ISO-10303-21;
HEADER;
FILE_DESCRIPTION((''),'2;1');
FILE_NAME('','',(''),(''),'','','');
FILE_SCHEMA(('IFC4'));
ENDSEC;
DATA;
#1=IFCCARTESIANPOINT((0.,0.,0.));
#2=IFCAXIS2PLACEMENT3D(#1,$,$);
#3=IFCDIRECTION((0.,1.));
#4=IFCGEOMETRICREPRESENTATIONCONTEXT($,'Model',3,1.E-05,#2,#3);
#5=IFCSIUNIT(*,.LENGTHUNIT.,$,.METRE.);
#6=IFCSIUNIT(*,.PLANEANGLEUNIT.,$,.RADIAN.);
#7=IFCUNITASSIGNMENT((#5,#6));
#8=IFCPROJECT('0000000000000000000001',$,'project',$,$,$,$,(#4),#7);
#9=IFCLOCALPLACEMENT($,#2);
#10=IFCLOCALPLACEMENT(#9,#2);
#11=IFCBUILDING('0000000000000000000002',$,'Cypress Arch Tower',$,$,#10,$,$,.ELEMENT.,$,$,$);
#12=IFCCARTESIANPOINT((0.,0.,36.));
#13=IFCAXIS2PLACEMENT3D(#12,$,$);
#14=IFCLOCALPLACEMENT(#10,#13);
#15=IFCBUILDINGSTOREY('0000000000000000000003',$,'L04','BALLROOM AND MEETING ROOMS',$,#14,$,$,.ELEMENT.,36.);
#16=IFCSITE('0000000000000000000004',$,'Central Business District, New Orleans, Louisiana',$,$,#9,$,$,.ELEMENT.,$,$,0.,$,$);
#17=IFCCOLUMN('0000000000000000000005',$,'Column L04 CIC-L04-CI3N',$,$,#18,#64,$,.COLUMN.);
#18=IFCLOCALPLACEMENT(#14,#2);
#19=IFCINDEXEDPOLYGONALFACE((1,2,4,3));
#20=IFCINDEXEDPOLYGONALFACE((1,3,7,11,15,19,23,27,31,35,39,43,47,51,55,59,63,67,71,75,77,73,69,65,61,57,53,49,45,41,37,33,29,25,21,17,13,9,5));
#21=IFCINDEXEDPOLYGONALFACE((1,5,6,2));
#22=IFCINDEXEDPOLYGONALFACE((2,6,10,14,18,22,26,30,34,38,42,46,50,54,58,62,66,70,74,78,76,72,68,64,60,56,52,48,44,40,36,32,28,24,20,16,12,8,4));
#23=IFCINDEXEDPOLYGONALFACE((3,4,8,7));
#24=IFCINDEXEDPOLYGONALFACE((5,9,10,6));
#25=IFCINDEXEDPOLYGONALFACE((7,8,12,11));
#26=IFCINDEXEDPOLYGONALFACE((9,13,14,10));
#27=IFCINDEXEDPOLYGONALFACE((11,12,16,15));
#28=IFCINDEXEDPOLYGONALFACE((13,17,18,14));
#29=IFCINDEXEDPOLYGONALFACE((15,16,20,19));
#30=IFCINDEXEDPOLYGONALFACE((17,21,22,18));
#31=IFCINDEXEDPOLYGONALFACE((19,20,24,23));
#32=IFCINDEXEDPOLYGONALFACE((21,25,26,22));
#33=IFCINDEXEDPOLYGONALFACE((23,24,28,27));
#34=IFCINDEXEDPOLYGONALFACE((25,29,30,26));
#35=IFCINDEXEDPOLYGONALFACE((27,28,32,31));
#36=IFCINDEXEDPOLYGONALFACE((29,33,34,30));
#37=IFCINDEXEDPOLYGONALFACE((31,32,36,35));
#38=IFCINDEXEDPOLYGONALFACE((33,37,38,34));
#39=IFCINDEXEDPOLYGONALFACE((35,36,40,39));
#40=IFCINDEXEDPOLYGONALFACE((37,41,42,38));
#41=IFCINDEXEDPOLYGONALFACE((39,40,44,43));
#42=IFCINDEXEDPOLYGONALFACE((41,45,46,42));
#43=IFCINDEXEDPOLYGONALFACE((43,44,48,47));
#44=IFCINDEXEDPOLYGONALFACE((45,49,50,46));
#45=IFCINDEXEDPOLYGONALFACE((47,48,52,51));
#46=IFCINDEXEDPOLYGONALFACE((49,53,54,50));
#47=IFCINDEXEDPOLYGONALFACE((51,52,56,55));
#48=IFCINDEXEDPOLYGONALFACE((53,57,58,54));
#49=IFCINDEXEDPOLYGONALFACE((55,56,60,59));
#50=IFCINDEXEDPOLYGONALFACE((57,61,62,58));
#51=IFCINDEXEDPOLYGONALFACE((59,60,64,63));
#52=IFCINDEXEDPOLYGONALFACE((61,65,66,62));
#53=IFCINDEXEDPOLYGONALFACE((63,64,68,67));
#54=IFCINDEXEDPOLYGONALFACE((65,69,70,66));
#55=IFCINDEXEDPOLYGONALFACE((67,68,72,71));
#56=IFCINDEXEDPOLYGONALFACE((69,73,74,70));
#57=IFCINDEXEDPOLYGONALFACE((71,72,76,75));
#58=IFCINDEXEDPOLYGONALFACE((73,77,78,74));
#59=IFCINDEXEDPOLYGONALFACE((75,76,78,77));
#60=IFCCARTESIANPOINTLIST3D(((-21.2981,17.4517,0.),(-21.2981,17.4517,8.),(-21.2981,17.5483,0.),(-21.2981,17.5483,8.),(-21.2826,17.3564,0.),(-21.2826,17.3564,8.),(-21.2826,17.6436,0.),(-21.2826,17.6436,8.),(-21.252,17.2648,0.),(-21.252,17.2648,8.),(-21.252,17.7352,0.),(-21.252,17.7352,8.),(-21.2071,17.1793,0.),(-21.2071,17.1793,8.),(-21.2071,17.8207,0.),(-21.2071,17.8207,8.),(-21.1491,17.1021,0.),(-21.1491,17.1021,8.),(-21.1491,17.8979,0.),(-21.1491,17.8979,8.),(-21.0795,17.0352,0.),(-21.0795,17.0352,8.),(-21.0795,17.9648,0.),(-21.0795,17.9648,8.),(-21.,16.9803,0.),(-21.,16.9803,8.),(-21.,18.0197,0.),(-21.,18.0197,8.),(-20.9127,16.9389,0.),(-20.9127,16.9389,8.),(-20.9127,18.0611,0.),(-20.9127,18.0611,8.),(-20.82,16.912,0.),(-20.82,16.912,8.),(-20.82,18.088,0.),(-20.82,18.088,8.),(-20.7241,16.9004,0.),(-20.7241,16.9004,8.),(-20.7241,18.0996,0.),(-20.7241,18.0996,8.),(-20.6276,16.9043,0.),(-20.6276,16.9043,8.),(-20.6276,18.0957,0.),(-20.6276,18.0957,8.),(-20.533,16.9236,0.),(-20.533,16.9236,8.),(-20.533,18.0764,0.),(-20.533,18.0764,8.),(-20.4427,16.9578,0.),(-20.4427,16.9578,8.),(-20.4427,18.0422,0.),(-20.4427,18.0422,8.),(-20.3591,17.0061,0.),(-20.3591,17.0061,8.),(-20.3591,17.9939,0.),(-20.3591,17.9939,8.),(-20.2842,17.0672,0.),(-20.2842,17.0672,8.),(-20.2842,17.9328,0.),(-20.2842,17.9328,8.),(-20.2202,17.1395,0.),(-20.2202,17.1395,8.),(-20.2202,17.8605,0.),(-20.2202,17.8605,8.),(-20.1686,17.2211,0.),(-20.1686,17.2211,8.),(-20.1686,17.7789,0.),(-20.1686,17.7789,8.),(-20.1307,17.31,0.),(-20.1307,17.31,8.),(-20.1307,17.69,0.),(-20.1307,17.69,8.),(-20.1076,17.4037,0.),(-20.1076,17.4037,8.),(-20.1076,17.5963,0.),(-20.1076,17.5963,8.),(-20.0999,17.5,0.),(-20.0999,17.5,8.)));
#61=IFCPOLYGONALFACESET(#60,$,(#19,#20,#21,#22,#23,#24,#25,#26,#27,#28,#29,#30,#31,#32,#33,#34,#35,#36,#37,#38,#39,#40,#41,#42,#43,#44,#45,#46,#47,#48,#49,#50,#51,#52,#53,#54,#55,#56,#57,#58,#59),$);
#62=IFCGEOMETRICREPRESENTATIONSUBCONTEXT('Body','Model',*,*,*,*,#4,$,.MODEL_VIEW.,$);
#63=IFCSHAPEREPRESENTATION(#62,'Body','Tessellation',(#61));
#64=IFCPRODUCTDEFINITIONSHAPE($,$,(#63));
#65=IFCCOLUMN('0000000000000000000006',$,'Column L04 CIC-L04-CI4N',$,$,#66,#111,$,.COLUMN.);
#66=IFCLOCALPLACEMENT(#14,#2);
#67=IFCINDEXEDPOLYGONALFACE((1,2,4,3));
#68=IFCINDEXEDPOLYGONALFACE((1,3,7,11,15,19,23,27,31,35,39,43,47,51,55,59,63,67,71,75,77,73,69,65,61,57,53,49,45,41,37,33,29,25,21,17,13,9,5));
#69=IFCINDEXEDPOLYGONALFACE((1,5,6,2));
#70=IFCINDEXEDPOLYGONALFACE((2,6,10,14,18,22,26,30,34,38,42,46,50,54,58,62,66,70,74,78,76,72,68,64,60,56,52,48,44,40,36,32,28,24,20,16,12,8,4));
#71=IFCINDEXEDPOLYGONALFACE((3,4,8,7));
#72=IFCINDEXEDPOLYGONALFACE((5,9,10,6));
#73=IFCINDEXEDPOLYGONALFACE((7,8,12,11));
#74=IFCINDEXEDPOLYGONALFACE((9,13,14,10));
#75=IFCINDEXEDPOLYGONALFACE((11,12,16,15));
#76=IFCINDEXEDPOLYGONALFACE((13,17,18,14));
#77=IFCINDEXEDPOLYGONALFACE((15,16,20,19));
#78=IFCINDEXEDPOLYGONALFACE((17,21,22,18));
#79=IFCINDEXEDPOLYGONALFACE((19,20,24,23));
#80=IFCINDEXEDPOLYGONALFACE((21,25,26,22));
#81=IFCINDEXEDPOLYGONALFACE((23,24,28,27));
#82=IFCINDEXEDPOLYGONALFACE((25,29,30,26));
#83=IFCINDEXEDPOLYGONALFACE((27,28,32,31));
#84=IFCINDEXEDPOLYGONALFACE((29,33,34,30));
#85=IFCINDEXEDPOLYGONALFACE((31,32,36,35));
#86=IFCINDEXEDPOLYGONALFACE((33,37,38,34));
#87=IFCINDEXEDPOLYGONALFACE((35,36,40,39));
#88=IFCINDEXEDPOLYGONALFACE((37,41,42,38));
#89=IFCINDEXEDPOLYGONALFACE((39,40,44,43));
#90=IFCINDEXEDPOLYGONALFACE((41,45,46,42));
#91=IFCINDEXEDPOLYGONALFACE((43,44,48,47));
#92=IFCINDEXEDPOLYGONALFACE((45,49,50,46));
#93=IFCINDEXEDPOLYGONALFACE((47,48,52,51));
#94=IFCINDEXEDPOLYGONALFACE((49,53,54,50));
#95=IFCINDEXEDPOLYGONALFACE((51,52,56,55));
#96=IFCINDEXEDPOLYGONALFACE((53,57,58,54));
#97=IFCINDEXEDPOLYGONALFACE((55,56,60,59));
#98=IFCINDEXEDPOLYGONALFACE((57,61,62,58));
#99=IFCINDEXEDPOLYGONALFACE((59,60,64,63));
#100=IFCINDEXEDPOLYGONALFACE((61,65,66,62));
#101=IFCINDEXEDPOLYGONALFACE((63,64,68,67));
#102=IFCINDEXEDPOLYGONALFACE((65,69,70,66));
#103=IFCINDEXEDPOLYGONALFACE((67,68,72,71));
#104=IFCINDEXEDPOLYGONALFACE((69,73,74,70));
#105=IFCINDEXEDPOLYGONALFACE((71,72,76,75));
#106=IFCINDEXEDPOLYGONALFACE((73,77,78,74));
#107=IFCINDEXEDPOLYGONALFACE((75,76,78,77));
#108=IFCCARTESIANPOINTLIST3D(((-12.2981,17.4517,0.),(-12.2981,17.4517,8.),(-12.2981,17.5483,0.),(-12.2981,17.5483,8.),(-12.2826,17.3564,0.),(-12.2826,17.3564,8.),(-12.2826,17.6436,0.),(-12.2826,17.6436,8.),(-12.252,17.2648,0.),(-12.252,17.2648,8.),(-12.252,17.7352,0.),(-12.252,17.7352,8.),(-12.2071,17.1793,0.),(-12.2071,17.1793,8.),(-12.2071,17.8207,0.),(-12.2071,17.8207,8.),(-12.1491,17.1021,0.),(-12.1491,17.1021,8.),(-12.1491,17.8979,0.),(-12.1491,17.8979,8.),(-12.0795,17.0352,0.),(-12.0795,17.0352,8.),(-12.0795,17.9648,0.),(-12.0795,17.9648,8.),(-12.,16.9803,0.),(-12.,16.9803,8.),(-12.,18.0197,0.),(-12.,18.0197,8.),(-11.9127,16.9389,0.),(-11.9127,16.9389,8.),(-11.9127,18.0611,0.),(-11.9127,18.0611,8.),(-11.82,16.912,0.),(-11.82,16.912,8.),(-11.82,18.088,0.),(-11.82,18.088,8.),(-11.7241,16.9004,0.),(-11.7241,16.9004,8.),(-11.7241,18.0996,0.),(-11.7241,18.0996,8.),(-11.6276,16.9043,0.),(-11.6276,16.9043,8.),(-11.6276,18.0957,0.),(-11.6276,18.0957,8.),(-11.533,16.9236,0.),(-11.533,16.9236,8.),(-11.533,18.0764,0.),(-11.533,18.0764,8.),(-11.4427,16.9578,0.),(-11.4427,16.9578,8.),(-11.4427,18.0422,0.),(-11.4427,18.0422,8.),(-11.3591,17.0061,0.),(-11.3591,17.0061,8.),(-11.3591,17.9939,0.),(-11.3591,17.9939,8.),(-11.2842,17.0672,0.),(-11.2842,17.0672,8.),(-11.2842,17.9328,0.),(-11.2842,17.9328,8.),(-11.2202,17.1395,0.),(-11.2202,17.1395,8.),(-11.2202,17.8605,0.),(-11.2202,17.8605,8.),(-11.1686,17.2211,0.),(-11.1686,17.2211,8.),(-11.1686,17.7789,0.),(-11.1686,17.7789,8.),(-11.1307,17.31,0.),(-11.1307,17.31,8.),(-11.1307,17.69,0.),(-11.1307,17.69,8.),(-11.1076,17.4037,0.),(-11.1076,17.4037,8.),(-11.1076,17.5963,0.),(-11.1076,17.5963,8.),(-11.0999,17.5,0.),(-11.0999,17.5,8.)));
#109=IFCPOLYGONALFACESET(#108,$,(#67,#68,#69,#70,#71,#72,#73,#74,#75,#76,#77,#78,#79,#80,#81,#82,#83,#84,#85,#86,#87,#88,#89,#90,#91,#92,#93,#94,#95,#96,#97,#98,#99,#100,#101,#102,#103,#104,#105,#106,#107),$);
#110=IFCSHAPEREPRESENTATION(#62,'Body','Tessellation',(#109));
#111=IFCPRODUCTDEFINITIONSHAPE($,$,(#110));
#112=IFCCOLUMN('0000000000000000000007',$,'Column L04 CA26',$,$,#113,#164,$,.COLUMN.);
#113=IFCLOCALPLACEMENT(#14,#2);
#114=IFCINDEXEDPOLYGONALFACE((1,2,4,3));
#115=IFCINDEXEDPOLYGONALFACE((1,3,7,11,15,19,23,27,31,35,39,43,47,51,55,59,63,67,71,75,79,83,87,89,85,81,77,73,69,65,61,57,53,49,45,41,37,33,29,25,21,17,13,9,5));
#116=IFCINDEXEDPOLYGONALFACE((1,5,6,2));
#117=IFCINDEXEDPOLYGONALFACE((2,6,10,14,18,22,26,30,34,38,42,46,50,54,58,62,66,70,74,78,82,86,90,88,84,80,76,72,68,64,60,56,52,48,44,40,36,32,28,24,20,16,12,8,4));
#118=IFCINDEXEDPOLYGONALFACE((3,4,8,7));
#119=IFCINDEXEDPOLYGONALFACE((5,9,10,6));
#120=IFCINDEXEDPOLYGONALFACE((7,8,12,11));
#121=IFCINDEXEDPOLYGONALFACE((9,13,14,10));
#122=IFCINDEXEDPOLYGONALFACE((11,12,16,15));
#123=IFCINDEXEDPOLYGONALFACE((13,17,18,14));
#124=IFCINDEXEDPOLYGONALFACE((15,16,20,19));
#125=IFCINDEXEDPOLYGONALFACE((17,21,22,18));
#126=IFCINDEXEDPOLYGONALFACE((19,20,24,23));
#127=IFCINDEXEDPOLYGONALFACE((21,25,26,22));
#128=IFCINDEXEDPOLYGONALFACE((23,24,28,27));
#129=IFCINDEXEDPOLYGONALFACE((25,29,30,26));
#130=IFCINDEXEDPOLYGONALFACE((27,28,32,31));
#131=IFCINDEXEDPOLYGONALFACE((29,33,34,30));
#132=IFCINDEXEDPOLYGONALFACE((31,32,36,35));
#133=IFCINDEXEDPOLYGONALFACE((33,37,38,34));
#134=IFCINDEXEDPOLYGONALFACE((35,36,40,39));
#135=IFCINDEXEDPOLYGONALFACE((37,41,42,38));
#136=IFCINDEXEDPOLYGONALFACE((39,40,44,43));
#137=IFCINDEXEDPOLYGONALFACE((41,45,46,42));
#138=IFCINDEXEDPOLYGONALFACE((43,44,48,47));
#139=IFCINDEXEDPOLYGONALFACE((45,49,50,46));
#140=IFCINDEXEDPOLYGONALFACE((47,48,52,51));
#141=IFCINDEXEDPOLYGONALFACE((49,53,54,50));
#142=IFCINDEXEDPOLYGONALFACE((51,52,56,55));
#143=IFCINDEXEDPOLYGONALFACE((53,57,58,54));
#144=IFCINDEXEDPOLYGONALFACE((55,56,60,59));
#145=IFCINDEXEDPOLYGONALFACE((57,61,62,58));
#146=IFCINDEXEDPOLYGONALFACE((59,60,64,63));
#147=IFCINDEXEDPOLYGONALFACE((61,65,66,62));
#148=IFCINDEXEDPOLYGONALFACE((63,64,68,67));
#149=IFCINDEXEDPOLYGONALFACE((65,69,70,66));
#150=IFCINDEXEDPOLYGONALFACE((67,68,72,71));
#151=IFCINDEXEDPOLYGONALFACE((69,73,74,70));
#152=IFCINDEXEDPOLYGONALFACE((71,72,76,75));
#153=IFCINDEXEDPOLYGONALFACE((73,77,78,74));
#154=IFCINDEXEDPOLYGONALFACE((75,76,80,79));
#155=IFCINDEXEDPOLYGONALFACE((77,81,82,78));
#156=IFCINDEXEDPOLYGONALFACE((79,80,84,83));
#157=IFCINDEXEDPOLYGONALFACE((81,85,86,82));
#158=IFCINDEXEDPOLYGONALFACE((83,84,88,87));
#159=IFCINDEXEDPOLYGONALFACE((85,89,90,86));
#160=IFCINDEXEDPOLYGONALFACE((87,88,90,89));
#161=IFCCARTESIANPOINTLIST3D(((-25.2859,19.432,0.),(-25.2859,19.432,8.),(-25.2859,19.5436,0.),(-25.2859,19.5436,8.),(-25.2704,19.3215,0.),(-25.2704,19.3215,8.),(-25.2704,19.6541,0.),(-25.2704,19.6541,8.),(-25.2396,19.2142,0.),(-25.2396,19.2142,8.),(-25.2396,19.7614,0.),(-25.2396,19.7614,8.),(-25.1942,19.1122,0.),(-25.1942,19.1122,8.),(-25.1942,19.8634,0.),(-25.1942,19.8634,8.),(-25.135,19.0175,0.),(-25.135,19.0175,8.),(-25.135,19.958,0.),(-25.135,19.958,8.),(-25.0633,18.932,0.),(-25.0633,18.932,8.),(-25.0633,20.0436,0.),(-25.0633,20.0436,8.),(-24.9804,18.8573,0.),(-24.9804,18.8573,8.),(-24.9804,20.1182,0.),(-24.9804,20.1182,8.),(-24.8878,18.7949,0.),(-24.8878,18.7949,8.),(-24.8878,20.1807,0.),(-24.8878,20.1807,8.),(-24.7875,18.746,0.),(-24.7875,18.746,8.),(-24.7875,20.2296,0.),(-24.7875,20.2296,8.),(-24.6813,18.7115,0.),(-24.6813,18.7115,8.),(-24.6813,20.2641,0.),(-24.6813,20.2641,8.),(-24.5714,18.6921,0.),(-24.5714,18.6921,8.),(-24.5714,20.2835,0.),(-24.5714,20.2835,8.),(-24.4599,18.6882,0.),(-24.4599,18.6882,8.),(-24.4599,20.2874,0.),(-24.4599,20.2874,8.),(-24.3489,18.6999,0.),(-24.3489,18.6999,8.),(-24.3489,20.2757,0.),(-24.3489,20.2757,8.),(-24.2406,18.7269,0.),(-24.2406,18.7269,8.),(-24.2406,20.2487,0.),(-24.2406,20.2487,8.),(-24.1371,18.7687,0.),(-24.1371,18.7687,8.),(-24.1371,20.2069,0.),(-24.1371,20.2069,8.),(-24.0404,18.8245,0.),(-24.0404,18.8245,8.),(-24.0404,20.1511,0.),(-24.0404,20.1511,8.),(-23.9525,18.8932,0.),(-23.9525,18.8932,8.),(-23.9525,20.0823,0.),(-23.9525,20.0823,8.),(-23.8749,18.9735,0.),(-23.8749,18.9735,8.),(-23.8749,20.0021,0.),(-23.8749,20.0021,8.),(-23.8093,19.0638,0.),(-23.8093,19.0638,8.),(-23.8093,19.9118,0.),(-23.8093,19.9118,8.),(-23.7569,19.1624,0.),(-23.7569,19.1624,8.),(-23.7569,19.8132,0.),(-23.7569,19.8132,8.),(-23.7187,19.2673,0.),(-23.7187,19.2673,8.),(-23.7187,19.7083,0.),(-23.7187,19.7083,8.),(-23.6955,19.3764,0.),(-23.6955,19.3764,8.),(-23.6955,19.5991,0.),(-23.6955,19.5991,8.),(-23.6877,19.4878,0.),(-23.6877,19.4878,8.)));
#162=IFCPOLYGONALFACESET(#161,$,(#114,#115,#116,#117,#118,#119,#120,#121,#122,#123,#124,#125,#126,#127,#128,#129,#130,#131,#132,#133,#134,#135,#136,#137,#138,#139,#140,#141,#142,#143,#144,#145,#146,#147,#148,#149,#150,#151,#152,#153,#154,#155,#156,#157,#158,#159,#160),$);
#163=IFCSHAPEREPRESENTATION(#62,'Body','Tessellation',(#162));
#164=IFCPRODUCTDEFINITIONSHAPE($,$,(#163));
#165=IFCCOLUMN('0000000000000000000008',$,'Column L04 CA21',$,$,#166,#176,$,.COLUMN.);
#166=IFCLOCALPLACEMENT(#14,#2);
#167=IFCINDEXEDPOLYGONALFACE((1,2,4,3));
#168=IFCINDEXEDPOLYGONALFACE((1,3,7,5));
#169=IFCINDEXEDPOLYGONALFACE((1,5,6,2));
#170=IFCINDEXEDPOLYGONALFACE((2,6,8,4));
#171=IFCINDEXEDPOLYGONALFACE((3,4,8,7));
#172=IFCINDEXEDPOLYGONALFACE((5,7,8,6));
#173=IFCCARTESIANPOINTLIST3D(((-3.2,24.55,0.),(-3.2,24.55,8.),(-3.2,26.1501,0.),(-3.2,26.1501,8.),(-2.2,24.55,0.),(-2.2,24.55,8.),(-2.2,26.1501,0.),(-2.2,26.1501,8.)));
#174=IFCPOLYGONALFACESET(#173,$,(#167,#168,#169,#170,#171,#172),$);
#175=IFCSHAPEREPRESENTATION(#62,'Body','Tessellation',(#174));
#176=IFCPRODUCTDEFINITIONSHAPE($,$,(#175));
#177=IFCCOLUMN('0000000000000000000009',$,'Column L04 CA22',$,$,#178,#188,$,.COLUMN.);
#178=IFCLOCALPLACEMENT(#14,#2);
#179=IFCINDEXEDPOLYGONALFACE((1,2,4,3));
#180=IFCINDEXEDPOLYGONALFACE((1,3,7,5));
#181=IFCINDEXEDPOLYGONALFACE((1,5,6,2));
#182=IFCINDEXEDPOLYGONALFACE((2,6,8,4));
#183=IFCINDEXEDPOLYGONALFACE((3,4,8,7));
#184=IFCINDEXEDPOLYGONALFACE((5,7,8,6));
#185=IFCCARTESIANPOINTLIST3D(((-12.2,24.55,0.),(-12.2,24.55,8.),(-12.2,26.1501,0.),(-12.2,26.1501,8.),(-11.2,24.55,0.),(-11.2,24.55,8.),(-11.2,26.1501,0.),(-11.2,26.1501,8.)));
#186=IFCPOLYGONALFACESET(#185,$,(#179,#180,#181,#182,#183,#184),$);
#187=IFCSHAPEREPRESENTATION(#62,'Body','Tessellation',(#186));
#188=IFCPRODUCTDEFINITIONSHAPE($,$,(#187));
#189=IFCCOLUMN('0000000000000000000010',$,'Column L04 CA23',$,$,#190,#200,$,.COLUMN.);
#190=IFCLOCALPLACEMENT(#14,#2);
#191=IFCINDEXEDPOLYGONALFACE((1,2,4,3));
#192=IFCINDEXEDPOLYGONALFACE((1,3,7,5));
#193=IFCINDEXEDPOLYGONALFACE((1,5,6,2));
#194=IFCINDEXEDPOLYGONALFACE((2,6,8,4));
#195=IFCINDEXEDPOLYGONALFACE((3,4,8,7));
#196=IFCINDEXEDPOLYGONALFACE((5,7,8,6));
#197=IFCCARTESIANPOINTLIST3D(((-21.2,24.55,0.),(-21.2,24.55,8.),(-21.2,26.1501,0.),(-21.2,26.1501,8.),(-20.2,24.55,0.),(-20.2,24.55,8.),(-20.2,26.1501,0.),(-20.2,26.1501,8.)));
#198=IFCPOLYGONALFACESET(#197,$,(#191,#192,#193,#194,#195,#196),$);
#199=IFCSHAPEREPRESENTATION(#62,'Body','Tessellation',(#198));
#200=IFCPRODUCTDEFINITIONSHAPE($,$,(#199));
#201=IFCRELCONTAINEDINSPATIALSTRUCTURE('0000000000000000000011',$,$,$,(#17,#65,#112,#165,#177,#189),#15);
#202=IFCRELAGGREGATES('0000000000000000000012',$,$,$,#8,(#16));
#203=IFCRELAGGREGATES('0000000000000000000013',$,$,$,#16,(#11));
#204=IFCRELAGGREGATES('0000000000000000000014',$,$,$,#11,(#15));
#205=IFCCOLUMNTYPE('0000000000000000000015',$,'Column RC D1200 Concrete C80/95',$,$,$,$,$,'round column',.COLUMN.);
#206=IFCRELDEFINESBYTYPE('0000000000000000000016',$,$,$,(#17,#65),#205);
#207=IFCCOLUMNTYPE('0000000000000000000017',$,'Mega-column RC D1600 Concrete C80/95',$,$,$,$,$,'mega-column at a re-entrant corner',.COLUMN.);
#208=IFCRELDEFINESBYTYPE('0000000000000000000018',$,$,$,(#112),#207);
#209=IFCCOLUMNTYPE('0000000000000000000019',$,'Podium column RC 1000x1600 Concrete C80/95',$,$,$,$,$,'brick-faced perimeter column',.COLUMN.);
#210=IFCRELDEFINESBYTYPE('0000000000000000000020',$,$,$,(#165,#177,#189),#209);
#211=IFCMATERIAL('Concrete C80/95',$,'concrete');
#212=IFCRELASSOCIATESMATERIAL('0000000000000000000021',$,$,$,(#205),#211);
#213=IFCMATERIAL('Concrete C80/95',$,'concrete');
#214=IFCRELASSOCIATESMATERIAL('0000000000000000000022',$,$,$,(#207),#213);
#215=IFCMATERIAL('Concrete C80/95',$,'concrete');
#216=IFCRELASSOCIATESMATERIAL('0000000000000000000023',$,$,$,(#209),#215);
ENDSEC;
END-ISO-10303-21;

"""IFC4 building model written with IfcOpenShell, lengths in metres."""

from ifc_helpers import new_model, si_unit, direction, frame, origin, origin_2d, place, context, subcontext, project, spatial, rectangle, circle, extrude, material, material_profile, profile_set, type_object, element, save


model = new_model("IFC4")

# Units and contexts
model_context = context("Model", 3, precision=1e-05, world=origin(), true_north=direction((0.0, 1.0)))
body_context = subcontext(model_context, "Body", "Model", "MODEL_VIEW")
ifc_project = project(units=[si_unit("LENGTHUNIT", "METRE"), si_unit("PLANEANGLEUNIT", "RADIAN")], contexts=[model_context])

# Site, building, storey
site_placement = place(None, origin())
site = spatial("IfcSite", under=ifc_project, at=site_placement, Name="Central Business District, New Orleans, Louisiana", CompositionType="ELEMENT", RefElevation=0.0)
building_placement = place(site_placement, origin())
building = spatial("IfcBuilding", under=site, at=building_placement, Name="Cypress Arch Tower", CompositionType="ELEMENT")
storey_placement = place(building_placement, frame((0.0, 0.0, 36.0)))
storey = spatial("IfcBuildingStorey", under=building, at=storey_placement, Name="L04", Description="BALLROOM AND MEETING ROOMS", CompositionType="ELEMENT", Elevation=36.0)

# Columns
ifc_material_1 = material(Name="Concrete C80/95", Category="concrete")
ifc_material_profile_1 = material_profile(ifc_material_1, circle(Radius=0.6001, at=origin_2d()), Name="RC D1200")
ifc_profile_set_1 = profile_set([ifc_material_profile_1], Name="Concrete C80/95")
column_type_1 = type_object("IfcColumnType", Name="Column RC D1200 Concrete C80/95", ElementType="round column", PredefinedType="COLUMN", material=ifc_profile_set_1)
for number, where, z_axis, x_axis, name in (
    (1, (-20.7, 17.5, 0.0), (0.0, 0.0, 1.0), (1.0, 0.0, 0.0), "Column L04 CIC-L04-CI3N"),
    (2, (-11.7, 17.5, 0.0), (0.0, 0.0, 1.0), (1.0, 0.0, 0.0), "Column L04 CIC-L04-CI4N"),
):
    element("IfcColumn", number, at=place(storey_placement, frame(where, z_axis=z_axis, x_axis=x_axis)), inside=storey, type_object=column_type_1, Name=name, PredefinedType="COLUMN", context=body_context, shape_type="SweptSolid", body=[
        extrude(circle(Radius=0.6001, at=origin_2d()), origin(), (0.0, 0.0, 1.0), 8.0),
    ])
ifc_material_2 = material(Name="Concrete C80/95", Category="concrete")
ifc_material_profile_2 = material_profile(ifc_material_2, circle(Radius=0.8, at=origin_2d()), Name="RC D1600")
ifc_profile_set_2 = profile_set([ifc_material_profile_2], Name="Concrete C80/95")
column_type_2 = type_object("IfcColumnType", Name="Mega-column RC D1600 Concrete C80/95", ElementType="mega-column at a re-entrant corner", PredefinedType="COLUMN", material=ifc_profile_set_2)
column_placement = place(storey_placement, frame((-24.4878, 19.4878, 0.0), z_axis=(0.0, 0.0, 1.0), x_axis=(1.0, 0.0, 0.0)))
element("IfcColumn", 3, at=column_placement, inside=storey, type_object=column_type_2, Name="Column L04 CA26", PredefinedType="COLUMN", context=body_context, shape_type="SweptSolid", body=[
    extrude(circle(Radius=0.8, at=origin_2d()), origin(), (0.0, 0.0, 1.0), 8.0),
])
ifc_material_3 = material(Name="Concrete C80/95", Category="concrete")
ifc_material_profile_3 = material_profile(ifc_material_3, rectangle(XDim=1.0, YDim=1.6001, at=origin_2d()), Name="RC 1000x1600")
ifc_profile_set_3 = profile_set([ifc_material_profile_3], Name="Concrete C80/95")
column_type_3 = type_object("IfcColumnType", Name="Podium column RC 1000x1600 Concrete C80/95", ElementType="brick-faced perimeter column", PredefinedType="COLUMN", material=ifc_profile_set_3)
for number, where, z_axis, x_axis, name in (
    (4, (-2.7, 25.3501, 0.0), (0.0, 0.0, 1.0), (-1.0, 0.0, 0.0), "Column L04 CA21"),
    (5, (-11.7, 25.3501, 0.0), (0.0, 0.0, 1.0), (-1.0, 0.0, 0.0), "Column L04 CA22"),
    (6, (-20.7, 25.3501, 0.0), (0.0, 0.0, 1.0), (-1.0, 0.0, 0.0), "Column L04 CA23"),
):
    element("IfcColumn", number, at=place(storey_placement, frame(where, z_axis=z_axis, x_axis=x_axis)), inside=storey, type_object=column_type_3, Name=name, PredefinedType="COLUMN", context=body_context, shape_type="SweptSolid", body=[
        extrude(rectangle(XDim=1.0, YDim=1.6001, at=origin_2d()), origin(), (0.0, 0.0, 1.0), 8.0),
    ])

save(model, "model.ifc")
